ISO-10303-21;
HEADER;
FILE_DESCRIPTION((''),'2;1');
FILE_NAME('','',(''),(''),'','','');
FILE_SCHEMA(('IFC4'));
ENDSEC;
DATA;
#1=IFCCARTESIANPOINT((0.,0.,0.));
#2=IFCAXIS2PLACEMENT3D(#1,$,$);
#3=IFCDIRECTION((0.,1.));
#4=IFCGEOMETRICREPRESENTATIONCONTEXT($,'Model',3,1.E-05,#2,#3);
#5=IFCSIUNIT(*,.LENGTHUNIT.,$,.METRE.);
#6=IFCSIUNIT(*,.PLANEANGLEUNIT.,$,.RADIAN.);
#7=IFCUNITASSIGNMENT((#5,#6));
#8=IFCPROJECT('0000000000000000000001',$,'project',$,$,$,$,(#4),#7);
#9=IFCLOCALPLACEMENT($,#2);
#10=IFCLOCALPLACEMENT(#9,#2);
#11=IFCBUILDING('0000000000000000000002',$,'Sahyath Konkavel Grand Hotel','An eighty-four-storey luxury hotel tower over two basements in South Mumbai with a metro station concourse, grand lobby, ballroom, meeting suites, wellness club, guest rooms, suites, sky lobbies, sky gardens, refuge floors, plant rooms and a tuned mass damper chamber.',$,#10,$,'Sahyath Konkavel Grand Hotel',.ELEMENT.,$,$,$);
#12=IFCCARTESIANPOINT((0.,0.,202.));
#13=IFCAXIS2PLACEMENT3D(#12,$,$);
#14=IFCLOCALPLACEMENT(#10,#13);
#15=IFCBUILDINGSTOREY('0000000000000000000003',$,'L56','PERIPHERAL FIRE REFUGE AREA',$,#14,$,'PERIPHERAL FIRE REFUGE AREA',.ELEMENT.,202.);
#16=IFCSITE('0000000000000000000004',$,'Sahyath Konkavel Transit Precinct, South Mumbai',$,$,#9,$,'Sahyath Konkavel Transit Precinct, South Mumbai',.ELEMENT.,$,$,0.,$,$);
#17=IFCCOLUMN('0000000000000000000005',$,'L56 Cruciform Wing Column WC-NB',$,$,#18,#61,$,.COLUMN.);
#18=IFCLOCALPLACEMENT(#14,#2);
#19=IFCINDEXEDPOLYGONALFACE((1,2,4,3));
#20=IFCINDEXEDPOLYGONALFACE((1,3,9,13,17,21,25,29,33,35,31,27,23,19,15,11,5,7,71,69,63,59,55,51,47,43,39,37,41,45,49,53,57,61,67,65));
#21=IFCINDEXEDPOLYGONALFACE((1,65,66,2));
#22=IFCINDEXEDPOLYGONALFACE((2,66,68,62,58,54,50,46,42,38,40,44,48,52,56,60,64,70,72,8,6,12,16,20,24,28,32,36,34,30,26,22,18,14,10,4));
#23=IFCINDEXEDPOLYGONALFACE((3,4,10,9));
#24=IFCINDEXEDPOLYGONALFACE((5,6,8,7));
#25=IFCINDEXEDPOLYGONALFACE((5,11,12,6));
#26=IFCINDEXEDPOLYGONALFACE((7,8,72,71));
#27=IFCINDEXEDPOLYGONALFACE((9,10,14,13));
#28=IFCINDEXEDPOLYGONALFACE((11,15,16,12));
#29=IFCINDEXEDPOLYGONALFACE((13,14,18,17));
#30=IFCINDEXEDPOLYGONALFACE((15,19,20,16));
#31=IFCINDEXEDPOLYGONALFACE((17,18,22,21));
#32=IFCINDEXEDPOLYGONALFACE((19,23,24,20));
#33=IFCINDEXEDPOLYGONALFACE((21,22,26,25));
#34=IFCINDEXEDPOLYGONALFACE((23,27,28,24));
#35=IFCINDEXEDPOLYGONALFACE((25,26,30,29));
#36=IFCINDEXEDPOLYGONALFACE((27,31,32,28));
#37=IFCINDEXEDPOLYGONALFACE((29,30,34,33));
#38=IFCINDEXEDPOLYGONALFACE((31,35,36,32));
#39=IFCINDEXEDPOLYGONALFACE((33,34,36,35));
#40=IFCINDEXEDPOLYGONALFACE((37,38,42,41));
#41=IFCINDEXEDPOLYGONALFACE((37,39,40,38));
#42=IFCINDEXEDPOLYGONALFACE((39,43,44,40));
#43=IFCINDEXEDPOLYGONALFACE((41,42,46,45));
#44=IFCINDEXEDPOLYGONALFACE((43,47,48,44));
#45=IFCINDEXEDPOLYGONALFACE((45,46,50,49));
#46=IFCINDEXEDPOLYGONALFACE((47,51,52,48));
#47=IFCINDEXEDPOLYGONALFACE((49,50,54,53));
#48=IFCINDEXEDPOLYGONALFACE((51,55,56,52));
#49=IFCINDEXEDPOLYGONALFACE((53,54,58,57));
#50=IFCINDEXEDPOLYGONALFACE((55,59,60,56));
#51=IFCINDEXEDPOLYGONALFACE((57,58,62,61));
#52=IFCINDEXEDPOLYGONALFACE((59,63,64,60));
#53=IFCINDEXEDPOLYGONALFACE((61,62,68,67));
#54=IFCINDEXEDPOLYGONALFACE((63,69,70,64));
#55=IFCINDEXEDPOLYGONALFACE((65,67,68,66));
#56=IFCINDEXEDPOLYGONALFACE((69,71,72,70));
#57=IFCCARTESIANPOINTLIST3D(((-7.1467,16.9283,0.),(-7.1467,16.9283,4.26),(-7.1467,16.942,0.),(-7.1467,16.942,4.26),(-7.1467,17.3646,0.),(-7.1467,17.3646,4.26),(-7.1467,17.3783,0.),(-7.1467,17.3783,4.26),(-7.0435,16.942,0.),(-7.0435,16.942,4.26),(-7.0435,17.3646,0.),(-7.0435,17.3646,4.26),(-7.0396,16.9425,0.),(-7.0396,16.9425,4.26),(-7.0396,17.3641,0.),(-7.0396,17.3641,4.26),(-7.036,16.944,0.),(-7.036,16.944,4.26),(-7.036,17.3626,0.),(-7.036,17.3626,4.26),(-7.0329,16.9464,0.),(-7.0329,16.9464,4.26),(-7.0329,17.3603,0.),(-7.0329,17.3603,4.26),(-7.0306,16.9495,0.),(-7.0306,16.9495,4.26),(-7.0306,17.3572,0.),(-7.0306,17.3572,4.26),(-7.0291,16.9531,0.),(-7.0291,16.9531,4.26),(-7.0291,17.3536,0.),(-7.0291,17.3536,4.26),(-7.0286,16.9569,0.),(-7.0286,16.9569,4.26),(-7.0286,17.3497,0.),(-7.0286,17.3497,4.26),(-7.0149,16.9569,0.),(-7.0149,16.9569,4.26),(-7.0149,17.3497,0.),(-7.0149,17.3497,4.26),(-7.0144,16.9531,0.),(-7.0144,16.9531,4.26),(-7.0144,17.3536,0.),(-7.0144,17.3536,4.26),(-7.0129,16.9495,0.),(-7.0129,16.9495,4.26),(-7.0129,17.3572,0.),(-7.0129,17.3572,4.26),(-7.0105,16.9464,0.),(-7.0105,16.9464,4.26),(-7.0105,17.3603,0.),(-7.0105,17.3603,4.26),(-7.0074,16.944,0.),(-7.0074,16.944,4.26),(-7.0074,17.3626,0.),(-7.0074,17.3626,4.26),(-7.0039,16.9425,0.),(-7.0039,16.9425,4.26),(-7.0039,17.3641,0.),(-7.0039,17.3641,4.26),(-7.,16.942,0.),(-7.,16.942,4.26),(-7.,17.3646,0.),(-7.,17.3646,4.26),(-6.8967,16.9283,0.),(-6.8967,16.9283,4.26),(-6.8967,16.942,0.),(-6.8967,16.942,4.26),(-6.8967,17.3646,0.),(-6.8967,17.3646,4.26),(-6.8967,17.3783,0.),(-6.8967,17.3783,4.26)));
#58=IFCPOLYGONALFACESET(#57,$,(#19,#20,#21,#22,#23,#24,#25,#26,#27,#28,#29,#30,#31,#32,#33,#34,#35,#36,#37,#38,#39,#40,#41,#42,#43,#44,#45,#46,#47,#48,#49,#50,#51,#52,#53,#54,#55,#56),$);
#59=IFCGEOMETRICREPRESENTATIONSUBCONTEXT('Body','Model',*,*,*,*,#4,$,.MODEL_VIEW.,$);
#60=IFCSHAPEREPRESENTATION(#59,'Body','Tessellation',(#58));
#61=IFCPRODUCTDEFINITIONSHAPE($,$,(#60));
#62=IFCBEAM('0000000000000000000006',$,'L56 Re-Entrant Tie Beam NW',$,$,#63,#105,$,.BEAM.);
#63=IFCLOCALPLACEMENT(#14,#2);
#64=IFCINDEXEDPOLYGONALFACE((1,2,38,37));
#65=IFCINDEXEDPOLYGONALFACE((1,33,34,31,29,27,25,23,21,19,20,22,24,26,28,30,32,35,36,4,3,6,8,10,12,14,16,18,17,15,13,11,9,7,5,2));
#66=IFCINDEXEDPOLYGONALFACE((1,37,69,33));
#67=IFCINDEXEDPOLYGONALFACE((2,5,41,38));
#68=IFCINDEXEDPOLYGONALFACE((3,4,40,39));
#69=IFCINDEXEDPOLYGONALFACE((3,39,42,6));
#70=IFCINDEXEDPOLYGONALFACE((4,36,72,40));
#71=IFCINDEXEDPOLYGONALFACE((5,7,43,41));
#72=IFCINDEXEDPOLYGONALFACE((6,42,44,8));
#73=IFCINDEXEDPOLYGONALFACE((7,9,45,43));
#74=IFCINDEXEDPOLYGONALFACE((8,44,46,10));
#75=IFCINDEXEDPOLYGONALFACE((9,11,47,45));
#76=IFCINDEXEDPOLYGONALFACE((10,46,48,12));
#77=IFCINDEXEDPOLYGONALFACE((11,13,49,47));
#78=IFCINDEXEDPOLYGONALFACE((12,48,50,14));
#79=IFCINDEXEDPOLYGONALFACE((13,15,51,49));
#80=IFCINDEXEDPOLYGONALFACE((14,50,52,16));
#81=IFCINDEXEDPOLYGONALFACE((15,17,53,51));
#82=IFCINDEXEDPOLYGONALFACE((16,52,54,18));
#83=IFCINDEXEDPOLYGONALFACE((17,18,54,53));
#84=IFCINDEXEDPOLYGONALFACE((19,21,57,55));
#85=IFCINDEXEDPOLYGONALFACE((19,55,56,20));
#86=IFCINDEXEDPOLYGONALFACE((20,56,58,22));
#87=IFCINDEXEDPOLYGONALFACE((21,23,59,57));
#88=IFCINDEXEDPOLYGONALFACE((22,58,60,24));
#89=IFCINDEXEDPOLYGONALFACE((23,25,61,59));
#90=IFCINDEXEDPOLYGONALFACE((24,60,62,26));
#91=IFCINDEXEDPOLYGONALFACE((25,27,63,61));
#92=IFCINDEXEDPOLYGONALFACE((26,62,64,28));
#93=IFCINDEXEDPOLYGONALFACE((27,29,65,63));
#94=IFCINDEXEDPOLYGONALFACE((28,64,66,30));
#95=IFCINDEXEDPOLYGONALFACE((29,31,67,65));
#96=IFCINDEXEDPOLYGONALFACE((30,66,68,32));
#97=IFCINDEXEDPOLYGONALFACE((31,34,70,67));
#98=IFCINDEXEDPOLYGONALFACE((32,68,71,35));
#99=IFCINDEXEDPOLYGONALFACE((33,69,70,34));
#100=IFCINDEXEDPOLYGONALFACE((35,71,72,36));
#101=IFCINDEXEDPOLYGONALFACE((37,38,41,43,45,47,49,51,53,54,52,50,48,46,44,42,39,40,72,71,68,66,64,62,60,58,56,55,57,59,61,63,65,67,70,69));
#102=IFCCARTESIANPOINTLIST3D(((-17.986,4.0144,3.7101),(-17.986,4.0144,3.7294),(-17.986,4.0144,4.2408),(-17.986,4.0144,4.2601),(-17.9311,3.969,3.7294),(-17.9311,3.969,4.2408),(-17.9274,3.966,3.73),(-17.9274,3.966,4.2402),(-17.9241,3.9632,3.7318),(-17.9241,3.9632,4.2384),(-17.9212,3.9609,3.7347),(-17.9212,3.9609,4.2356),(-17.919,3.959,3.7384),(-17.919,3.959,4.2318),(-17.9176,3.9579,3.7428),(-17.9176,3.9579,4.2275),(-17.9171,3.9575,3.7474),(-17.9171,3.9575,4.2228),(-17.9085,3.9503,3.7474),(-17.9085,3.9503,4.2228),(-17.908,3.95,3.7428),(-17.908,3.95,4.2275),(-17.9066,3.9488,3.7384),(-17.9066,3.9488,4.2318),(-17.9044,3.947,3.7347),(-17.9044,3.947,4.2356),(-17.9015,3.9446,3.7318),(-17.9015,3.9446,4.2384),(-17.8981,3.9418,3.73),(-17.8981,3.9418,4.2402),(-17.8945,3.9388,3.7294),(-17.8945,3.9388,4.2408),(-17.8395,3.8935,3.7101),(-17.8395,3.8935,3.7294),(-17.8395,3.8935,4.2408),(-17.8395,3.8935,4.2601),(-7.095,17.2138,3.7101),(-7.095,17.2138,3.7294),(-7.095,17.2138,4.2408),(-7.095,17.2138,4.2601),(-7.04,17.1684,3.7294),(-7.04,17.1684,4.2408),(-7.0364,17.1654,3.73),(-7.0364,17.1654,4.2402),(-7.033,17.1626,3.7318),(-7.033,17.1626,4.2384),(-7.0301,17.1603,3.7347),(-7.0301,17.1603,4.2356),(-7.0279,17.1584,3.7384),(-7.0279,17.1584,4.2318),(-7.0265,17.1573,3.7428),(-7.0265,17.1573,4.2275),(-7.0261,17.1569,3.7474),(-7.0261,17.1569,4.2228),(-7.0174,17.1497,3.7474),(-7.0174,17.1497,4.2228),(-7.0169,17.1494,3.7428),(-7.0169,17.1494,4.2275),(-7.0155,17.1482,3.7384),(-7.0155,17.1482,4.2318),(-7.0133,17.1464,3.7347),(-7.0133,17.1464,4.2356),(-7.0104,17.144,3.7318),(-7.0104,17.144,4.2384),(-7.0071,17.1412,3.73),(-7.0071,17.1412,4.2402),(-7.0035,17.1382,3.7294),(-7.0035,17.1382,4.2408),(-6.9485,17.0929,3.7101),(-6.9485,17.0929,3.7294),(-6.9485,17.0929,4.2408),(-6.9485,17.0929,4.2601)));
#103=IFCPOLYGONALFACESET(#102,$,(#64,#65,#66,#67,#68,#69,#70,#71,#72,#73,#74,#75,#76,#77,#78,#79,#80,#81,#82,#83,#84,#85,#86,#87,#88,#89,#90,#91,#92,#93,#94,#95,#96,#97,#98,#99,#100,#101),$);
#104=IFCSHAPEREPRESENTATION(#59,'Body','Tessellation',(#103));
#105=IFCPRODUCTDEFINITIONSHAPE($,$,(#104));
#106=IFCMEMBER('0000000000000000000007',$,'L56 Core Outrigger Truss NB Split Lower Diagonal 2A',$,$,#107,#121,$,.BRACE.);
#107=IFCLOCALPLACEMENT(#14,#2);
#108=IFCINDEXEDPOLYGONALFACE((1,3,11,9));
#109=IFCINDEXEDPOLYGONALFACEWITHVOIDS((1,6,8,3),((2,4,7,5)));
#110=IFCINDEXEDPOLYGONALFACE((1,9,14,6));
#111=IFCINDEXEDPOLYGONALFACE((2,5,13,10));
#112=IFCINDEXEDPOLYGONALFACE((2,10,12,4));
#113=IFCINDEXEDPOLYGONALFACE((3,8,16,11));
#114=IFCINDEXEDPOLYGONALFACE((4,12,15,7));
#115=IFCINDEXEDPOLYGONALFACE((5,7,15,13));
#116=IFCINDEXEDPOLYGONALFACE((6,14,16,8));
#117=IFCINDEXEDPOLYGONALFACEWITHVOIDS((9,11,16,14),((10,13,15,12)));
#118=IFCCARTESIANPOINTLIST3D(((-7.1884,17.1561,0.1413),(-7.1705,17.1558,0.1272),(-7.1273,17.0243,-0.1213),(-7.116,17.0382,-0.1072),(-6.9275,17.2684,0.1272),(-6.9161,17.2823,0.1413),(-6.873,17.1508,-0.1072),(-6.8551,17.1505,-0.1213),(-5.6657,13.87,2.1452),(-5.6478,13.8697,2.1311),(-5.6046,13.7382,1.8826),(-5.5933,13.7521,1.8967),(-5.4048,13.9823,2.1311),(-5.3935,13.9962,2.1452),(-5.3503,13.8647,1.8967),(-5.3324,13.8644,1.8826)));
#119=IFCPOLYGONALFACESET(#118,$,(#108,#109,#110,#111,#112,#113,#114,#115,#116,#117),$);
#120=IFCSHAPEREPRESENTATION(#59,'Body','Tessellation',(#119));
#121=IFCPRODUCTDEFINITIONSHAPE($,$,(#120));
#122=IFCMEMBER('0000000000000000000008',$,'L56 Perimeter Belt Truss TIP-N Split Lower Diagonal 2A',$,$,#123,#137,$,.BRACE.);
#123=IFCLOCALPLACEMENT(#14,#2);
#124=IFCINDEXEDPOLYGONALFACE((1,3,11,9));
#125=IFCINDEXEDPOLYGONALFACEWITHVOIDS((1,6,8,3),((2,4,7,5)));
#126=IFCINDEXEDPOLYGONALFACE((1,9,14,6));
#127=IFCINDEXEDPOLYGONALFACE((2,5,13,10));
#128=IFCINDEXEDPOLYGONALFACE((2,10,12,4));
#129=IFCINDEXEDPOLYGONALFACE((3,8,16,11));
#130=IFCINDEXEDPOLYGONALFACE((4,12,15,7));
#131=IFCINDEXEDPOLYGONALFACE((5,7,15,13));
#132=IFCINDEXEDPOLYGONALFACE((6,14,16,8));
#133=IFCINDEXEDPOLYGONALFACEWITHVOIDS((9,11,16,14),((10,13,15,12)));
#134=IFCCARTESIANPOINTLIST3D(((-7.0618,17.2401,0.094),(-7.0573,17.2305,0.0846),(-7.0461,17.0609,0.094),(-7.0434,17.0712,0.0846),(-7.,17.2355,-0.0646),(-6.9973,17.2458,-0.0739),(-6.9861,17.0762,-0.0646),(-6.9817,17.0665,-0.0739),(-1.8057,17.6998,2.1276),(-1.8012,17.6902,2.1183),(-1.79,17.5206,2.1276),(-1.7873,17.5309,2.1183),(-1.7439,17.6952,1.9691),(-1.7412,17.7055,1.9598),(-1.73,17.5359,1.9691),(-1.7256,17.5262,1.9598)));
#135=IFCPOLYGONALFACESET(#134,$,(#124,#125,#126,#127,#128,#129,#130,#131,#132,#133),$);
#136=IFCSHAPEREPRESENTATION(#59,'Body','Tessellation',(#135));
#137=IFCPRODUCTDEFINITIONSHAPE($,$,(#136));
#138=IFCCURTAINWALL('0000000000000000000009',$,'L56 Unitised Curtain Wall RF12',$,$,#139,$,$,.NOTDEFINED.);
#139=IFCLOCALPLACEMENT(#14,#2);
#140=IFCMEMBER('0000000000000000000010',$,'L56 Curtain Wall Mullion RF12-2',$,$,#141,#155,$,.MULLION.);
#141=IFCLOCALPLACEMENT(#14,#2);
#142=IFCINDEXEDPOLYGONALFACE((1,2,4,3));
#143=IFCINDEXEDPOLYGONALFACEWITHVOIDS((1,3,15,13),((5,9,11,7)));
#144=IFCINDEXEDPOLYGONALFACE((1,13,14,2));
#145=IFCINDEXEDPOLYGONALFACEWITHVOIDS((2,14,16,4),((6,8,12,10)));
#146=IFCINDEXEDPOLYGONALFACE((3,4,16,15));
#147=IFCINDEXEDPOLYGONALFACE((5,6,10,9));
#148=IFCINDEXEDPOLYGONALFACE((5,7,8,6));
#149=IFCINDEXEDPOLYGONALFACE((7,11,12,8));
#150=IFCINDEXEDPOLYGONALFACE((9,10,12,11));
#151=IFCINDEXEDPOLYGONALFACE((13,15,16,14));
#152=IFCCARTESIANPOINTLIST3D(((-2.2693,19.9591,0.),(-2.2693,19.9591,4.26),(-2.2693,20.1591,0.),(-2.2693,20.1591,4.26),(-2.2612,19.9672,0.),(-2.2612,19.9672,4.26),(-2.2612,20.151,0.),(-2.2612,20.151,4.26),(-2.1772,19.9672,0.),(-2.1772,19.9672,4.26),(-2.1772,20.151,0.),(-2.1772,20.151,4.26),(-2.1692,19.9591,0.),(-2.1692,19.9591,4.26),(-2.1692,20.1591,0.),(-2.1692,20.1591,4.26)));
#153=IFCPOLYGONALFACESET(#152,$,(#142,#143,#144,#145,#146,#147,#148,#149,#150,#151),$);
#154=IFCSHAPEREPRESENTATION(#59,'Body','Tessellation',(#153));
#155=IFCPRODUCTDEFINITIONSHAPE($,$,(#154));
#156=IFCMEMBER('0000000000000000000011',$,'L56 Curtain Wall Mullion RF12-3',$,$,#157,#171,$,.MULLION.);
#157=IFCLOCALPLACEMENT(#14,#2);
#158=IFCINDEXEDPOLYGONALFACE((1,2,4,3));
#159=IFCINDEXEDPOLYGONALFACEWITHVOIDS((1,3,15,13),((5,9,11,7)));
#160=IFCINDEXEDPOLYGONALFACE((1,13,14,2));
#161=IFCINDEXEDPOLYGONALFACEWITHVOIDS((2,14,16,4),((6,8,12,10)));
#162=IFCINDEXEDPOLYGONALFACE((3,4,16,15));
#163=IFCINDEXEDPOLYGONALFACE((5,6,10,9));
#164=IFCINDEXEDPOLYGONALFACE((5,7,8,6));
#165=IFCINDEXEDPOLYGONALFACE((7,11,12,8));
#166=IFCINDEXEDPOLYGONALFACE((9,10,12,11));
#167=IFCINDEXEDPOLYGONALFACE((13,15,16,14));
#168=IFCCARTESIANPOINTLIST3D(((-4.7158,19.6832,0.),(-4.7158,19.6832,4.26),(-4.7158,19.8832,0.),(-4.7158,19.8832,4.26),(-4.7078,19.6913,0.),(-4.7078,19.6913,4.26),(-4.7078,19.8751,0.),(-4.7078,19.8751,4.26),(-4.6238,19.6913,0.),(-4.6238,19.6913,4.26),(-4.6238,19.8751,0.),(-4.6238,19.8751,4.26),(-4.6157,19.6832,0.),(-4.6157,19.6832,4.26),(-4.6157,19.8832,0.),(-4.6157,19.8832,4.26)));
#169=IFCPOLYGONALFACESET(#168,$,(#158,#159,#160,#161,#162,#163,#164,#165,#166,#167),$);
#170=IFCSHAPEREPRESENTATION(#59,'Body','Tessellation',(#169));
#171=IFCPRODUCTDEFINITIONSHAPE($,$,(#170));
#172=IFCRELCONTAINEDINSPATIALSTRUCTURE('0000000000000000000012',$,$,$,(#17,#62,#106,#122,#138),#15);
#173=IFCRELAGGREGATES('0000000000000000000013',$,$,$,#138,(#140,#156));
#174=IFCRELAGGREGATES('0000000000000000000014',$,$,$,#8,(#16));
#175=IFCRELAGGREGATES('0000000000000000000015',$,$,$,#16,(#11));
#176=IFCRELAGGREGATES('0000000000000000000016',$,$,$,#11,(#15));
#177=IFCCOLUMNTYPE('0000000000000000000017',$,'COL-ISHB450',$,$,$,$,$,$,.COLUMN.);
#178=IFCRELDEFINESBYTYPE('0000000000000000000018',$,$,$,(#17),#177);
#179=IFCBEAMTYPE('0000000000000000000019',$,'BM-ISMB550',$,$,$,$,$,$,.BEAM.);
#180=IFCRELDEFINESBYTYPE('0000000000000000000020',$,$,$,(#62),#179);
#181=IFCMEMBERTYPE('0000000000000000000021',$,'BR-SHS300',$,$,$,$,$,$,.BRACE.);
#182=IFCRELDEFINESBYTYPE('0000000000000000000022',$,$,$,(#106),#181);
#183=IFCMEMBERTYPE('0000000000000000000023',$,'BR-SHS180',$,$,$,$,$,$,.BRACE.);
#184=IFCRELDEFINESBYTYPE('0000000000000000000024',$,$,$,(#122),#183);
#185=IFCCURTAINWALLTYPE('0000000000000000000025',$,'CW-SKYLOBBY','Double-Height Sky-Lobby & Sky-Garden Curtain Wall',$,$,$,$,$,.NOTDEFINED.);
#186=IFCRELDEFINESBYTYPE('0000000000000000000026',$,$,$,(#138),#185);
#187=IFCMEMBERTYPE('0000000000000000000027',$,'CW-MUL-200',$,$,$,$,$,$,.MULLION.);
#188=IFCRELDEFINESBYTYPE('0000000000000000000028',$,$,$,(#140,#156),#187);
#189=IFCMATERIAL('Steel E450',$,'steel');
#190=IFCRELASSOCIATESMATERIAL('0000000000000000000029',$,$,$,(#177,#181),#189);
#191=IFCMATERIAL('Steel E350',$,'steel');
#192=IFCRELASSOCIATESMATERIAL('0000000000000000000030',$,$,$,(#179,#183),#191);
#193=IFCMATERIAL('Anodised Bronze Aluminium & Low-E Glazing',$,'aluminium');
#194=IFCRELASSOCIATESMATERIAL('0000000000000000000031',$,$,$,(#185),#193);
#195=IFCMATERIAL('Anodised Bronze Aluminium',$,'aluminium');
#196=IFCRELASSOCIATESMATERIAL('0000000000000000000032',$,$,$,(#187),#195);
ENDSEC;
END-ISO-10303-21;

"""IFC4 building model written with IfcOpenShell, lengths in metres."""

from ifc_helpers import new_model, si_unit, direction, frame, origin, origin_2d, place, context, subcontext, project, spatial, hollow_rectangle, i_section, extrude, source, transform, mapped, material, material_profile, profile_set, type_object, element, aggregate, save


model = new_model("IFC4")

# Units and contexts
model_context = context("Model", 3, precision=1e-05, world=origin(), true_north=direction((0.0, 1.0)))
body_context = subcontext(model_context, "Body", "Model", "MODEL_VIEW")
ifc_project = project(units=[si_unit("LENGTHUNIT", "METRE"), si_unit("PLANEANGLEUNIT", "RADIAN")], contexts=[model_context])

# Site, building, storey
site_placement = place(None, origin())
site = spatial("IfcSite", under=ifc_project, at=site_placement, Name="Sahyath Konkavel Transit Precinct, South Mumbai", LongName="Sahyath Konkavel Transit Precinct, South Mumbai", CompositionType="ELEMENT", RefElevation=0.0)
building_placement = place(site_placement, origin())
building = spatial("IfcBuilding", under=site, at=building_placement, Name="Sahyath Konkavel Grand Hotel", Description="An eighty-four-storey luxury hotel tower over two basements in South Mumbai with a metro station concourse, grand lobby, ballroom, meeting suites, wellness club, guest rooms, suites, sky lobbies, sky gardens, refuge floors, plant rooms and a tuned mass damper chamber.", LongName="Sahyath Konkavel Grand Hotel", CompositionType="ELEMENT")
storey_placement = place(building_placement, frame((0.0, 0.0, 202.0)))
storey = spatial("IfcBuildingStorey", under=building, at=storey_placement, Name="L56", Description="PERIPHERAL FIRE REFUGE AREA", LongName="PERIPHERAL FIRE REFUGE AREA", CompositionType="ELEMENT", Elevation=202.0)

# Column
ifc_material_1 = material(Name="Steel E450", Category="steel")
ifc_material_profile_1 = material_profile(ifc_material_1, i_section(OverallWidth=0.25, OverallDepth=0.45, WebThickness=0.0137, FlangeThickness=0.0137, FilletRadius=0.0149, at=origin_2d()), Name="ISHB 450")
ifc_profile_set_1 = profile_set([ifc_material_profile_1], Name="Steel E450")
column_type = type_object("IfcColumnType", Name="COL-ISHB450", PredefinedType="COLUMN", material=ifc_profile_set_1)
shared_shape_1 = source(origin(), body_context, "Body", "SweptSolid", [
    extrude(i_section(OverallWidth=0.25, OverallDepth=0.45, WebThickness=0.0137, FlangeThickness=0.0137, FilletRadius=0.0149, at=origin_2d()), origin(), (0.0, 0.0, 1.0), 4.26),
])
column_placement = place(storey_placement, frame((-7.0217, 17.1533, 0.0), z_axis=(0.0, 0.0, 1.0), x_axis=(1.0, 0.0, 0.0)))
element("IfcColumn", 1, at=column_placement, inside=storey, type_object=column_type, Name="L56 Cruciform Wing Column WC-NB", PredefinedType="COLUMN", context=body_context, shape_type="MappedRepresentation", body=[
    mapped(shared_shape_1, transform((0.0, 0.0, 0.0), scale=1.0)),
])

# Beam
ifc_material_2 = material(Name="Steel E350", Category="steel")
ifc_material_profile_2 = material_profile(ifc_material_2, i_section(OverallWidth=0.1899, OverallDepth=0.55, WebThickness=0.0112, FlangeThickness=0.0193, FilletRadius=0.0181, at=origin_2d()), Name="ISMB 550")
ifc_profile_set_2 = profile_set([ifc_material_profile_2], Name="Steel E350")
beam_type = type_object("IfcBeamType", Name="BM-ISMB550", PredefinedType="BEAM", material=ifc_profile_set_2)
shared_shape_2 = source(origin(), body_context, "Body", "SweptSolid", [
    extrude(i_section(OverallWidth=0.1899, OverallDepth=0.55, WebThickness=0.0112, FlangeThickness=0.0193, FilletRadius=0.0181, at=origin_2d()), origin(), (0.0, 0.0, 1.0), 17.1125),
])
beam_placement = place(storey_placement, frame((-7.0217, 17.1533, 3.9851), z_axis=(-0.636437, -0.771329, 0.0), x_axis=(0.771329, -0.636437, 0.0)))
element("IfcBeam", 2, at=beam_placement, inside=storey, type_object=beam_type, Name="L56 Re-Entrant Tie Beam NW", PredefinedType="BEAM", context=body_context, shape_type="MappedRepresentation", body=[
    mapped(shared_shape_2, transform((0.0, 0.0, 0.0), scale=1.0)),
])

# Members
ifc_material_profile_3 = material_profile(ifc_material_1, hollow_rectangle(XDim=0.3, YDim=0.3, WallThickness=0.0161, at=origin_2d()), Name="SHS 300x300x16")
ifc_profile_set_3 = profile_set([ifc_material_profile_3], Name="Steel E450")
member_type_1 = type_object("IfcMemberType", Name="BR-SHS300", PredefinedType="BRACE", material=ifc_profile_set_3)
shared_shape_3 = source(origin(), body_context, "Body", "SweptSolid", [
    extrude(hollow_rectangle(XDim=0.3, YDim=0.3, WallThickness=0.0161, at=origin_2d()), origin(), (0.0, 0.0, 1.0), 4.1392),
])
member_1_placement = place(storey_placement, frame((-7.0217, 17.1533, 0.01), z_axis=(0.367875, -0.793906, 0.484129), x_axis=(0.907325, 0.42043, 0.0)))
element("IfcMember", 3, at=member_1_placement, inside=storey, type_object=member_type_1, Name="L56 Core Outrigger Truss NB Split Lower Diagonal 2A", PredefinedType="BRACE", context=body_context, shape_type="MappedRepresentation", body=[
    mapped(shared_shape_3, transform((0.0, 0.0, 0.0), scale=1.0)),
])
ifc_material_profile_4 = material_profile(ifc_material_2, hollow_rectangle(XDim=0.1799, YDim=0.1799, WallThickness=0.01, at=origin_2d()), Name="SHS 180x180x10")
ifc_profile_set_4 = profile_set([ifc_material_profile_4], Name="Steel E350")
member_type_2 = type_object("IfcMemberType", Name="BR-SHS180", PredefinedType="BRACE", material=ifc_profile_set_4)
shared_shape_4 = source(origin(), body_context, "Body", "SweptSolid", [
    extrude(hollow_rectangle(XDim=0.1799, YDim=0.1799, WallThickness=0.01, at=origin_2d()), origin(), (0.0, 0.0, 1.0), 5.6545),
])
member_2_placement = place(storey_placement, frame((-7.0217, 17.1533, 0.01), z_axis=(0.929536, 0.0813, 0.359656), x_axis=(-0.087131, 0.996197, 0.0)))
element("IfcMember", 4, at=member_2_placement, inside=storey, type_object=member_type_2, Name="L56 Perimeter Belt Truss TIP-N Split Lower Diagonal 2A", PredefinedType="BRACE", context=body_context, shape_type="MappedRepresentation", body=[
    mapped(shared_shape_4, transform((0.0, 0.0, 0.0), scale=1.0)),
])

# Curtain wall, members
ifc_material_3 = material(Name="Anodised Bronze Aluminium & Low-E Glazing", Category="aluminium")
curtain_wall_type = type_object("IfcCurtainWallType", Name="CW-SKYLOBBY", Description="Double-Height Sky-Lobby & Sky-Garden Curtain Wall", PredefinedType="NOTDEFINED", material=ifc_material_3)
curtain_wall_1_placement = place(storey_placement, origin())
curtain_wall_1 = element("IfcCurtainWall", 5, at=curtain_wall_1_placement, inside=storey, type_object=curtain_wall_type, Name="L56 Unitised Curtain Wall RF12", PredefinedType="NOTDEFINED")
ifc_material_4 = material(Name="Anodised Bronze Aluminium", Category="aluminium")
ifc_material_profile_5 = material_profile(ifc_material_4, hollow_rectangle(XDim=0.1001, YDim=0.2, WallThickness=0.0081, at=origin_2d()), Name="RHS 200x100x8")
ifc_profile_set_5 = profile_set([ifc_material_profile_5], Name="Anodised Bronze Aluminium")
member_type_3 = type_object("IfcMemberType", Name="CW-MUL-200", PredefinedType="MULLION", material=ifc_profile_set_5)
shared_shape_5 = source(origin(), body_context, "Body", "SweptSolid", [
    extrude(hollow_rectangle(XDim=0.1001, YDim=0.2, WallThickness=0.0081, at=origin_2d()), origin(), (0.0, 0.0, 1.0), 4.26),
])
member_3_placement = place(storey_placement, frame((-2.2192, 20.0591, 0.0), z_axis=(0.0, 0.0, 1.0), x_axis=(1.0, 0.0, 0.0)))
member_3 = element("IfcMember", 6, at=member_3_placement, type_object=member_type_3, Name="L56 Curtain Wall Mullion RF12-2", PredefinedType="MULLION", context=body_context, shape_type="MappedRepresentation", body=[
    mapped(shared_shape_5, transform((0.0, 0.0, 0.0), scale=1.0)),
])
member_4_placement = place(storey_placement, frame((-4.6658, 19.7832, 0.0), z_axis=(0.0, 0.0, 1.0), x_axis=(1.0, 0.0, 0.0)))
member_4 = element("IfcMember", 7, at=member_4_placement, type_object=member_type_3, Name="L56 Curtain Wall Mullion RF12-3", PredefinedType="MULLION", context=body_context, shape_type="MappedRepresentation", body=[
    mapped(shared_shape_5, transform((0.0, 0.0, 0.0), scale=1.0)),
])

aggregate(curtain_wall_1, [member_3, member_4])

save(model, "model.ifc")
